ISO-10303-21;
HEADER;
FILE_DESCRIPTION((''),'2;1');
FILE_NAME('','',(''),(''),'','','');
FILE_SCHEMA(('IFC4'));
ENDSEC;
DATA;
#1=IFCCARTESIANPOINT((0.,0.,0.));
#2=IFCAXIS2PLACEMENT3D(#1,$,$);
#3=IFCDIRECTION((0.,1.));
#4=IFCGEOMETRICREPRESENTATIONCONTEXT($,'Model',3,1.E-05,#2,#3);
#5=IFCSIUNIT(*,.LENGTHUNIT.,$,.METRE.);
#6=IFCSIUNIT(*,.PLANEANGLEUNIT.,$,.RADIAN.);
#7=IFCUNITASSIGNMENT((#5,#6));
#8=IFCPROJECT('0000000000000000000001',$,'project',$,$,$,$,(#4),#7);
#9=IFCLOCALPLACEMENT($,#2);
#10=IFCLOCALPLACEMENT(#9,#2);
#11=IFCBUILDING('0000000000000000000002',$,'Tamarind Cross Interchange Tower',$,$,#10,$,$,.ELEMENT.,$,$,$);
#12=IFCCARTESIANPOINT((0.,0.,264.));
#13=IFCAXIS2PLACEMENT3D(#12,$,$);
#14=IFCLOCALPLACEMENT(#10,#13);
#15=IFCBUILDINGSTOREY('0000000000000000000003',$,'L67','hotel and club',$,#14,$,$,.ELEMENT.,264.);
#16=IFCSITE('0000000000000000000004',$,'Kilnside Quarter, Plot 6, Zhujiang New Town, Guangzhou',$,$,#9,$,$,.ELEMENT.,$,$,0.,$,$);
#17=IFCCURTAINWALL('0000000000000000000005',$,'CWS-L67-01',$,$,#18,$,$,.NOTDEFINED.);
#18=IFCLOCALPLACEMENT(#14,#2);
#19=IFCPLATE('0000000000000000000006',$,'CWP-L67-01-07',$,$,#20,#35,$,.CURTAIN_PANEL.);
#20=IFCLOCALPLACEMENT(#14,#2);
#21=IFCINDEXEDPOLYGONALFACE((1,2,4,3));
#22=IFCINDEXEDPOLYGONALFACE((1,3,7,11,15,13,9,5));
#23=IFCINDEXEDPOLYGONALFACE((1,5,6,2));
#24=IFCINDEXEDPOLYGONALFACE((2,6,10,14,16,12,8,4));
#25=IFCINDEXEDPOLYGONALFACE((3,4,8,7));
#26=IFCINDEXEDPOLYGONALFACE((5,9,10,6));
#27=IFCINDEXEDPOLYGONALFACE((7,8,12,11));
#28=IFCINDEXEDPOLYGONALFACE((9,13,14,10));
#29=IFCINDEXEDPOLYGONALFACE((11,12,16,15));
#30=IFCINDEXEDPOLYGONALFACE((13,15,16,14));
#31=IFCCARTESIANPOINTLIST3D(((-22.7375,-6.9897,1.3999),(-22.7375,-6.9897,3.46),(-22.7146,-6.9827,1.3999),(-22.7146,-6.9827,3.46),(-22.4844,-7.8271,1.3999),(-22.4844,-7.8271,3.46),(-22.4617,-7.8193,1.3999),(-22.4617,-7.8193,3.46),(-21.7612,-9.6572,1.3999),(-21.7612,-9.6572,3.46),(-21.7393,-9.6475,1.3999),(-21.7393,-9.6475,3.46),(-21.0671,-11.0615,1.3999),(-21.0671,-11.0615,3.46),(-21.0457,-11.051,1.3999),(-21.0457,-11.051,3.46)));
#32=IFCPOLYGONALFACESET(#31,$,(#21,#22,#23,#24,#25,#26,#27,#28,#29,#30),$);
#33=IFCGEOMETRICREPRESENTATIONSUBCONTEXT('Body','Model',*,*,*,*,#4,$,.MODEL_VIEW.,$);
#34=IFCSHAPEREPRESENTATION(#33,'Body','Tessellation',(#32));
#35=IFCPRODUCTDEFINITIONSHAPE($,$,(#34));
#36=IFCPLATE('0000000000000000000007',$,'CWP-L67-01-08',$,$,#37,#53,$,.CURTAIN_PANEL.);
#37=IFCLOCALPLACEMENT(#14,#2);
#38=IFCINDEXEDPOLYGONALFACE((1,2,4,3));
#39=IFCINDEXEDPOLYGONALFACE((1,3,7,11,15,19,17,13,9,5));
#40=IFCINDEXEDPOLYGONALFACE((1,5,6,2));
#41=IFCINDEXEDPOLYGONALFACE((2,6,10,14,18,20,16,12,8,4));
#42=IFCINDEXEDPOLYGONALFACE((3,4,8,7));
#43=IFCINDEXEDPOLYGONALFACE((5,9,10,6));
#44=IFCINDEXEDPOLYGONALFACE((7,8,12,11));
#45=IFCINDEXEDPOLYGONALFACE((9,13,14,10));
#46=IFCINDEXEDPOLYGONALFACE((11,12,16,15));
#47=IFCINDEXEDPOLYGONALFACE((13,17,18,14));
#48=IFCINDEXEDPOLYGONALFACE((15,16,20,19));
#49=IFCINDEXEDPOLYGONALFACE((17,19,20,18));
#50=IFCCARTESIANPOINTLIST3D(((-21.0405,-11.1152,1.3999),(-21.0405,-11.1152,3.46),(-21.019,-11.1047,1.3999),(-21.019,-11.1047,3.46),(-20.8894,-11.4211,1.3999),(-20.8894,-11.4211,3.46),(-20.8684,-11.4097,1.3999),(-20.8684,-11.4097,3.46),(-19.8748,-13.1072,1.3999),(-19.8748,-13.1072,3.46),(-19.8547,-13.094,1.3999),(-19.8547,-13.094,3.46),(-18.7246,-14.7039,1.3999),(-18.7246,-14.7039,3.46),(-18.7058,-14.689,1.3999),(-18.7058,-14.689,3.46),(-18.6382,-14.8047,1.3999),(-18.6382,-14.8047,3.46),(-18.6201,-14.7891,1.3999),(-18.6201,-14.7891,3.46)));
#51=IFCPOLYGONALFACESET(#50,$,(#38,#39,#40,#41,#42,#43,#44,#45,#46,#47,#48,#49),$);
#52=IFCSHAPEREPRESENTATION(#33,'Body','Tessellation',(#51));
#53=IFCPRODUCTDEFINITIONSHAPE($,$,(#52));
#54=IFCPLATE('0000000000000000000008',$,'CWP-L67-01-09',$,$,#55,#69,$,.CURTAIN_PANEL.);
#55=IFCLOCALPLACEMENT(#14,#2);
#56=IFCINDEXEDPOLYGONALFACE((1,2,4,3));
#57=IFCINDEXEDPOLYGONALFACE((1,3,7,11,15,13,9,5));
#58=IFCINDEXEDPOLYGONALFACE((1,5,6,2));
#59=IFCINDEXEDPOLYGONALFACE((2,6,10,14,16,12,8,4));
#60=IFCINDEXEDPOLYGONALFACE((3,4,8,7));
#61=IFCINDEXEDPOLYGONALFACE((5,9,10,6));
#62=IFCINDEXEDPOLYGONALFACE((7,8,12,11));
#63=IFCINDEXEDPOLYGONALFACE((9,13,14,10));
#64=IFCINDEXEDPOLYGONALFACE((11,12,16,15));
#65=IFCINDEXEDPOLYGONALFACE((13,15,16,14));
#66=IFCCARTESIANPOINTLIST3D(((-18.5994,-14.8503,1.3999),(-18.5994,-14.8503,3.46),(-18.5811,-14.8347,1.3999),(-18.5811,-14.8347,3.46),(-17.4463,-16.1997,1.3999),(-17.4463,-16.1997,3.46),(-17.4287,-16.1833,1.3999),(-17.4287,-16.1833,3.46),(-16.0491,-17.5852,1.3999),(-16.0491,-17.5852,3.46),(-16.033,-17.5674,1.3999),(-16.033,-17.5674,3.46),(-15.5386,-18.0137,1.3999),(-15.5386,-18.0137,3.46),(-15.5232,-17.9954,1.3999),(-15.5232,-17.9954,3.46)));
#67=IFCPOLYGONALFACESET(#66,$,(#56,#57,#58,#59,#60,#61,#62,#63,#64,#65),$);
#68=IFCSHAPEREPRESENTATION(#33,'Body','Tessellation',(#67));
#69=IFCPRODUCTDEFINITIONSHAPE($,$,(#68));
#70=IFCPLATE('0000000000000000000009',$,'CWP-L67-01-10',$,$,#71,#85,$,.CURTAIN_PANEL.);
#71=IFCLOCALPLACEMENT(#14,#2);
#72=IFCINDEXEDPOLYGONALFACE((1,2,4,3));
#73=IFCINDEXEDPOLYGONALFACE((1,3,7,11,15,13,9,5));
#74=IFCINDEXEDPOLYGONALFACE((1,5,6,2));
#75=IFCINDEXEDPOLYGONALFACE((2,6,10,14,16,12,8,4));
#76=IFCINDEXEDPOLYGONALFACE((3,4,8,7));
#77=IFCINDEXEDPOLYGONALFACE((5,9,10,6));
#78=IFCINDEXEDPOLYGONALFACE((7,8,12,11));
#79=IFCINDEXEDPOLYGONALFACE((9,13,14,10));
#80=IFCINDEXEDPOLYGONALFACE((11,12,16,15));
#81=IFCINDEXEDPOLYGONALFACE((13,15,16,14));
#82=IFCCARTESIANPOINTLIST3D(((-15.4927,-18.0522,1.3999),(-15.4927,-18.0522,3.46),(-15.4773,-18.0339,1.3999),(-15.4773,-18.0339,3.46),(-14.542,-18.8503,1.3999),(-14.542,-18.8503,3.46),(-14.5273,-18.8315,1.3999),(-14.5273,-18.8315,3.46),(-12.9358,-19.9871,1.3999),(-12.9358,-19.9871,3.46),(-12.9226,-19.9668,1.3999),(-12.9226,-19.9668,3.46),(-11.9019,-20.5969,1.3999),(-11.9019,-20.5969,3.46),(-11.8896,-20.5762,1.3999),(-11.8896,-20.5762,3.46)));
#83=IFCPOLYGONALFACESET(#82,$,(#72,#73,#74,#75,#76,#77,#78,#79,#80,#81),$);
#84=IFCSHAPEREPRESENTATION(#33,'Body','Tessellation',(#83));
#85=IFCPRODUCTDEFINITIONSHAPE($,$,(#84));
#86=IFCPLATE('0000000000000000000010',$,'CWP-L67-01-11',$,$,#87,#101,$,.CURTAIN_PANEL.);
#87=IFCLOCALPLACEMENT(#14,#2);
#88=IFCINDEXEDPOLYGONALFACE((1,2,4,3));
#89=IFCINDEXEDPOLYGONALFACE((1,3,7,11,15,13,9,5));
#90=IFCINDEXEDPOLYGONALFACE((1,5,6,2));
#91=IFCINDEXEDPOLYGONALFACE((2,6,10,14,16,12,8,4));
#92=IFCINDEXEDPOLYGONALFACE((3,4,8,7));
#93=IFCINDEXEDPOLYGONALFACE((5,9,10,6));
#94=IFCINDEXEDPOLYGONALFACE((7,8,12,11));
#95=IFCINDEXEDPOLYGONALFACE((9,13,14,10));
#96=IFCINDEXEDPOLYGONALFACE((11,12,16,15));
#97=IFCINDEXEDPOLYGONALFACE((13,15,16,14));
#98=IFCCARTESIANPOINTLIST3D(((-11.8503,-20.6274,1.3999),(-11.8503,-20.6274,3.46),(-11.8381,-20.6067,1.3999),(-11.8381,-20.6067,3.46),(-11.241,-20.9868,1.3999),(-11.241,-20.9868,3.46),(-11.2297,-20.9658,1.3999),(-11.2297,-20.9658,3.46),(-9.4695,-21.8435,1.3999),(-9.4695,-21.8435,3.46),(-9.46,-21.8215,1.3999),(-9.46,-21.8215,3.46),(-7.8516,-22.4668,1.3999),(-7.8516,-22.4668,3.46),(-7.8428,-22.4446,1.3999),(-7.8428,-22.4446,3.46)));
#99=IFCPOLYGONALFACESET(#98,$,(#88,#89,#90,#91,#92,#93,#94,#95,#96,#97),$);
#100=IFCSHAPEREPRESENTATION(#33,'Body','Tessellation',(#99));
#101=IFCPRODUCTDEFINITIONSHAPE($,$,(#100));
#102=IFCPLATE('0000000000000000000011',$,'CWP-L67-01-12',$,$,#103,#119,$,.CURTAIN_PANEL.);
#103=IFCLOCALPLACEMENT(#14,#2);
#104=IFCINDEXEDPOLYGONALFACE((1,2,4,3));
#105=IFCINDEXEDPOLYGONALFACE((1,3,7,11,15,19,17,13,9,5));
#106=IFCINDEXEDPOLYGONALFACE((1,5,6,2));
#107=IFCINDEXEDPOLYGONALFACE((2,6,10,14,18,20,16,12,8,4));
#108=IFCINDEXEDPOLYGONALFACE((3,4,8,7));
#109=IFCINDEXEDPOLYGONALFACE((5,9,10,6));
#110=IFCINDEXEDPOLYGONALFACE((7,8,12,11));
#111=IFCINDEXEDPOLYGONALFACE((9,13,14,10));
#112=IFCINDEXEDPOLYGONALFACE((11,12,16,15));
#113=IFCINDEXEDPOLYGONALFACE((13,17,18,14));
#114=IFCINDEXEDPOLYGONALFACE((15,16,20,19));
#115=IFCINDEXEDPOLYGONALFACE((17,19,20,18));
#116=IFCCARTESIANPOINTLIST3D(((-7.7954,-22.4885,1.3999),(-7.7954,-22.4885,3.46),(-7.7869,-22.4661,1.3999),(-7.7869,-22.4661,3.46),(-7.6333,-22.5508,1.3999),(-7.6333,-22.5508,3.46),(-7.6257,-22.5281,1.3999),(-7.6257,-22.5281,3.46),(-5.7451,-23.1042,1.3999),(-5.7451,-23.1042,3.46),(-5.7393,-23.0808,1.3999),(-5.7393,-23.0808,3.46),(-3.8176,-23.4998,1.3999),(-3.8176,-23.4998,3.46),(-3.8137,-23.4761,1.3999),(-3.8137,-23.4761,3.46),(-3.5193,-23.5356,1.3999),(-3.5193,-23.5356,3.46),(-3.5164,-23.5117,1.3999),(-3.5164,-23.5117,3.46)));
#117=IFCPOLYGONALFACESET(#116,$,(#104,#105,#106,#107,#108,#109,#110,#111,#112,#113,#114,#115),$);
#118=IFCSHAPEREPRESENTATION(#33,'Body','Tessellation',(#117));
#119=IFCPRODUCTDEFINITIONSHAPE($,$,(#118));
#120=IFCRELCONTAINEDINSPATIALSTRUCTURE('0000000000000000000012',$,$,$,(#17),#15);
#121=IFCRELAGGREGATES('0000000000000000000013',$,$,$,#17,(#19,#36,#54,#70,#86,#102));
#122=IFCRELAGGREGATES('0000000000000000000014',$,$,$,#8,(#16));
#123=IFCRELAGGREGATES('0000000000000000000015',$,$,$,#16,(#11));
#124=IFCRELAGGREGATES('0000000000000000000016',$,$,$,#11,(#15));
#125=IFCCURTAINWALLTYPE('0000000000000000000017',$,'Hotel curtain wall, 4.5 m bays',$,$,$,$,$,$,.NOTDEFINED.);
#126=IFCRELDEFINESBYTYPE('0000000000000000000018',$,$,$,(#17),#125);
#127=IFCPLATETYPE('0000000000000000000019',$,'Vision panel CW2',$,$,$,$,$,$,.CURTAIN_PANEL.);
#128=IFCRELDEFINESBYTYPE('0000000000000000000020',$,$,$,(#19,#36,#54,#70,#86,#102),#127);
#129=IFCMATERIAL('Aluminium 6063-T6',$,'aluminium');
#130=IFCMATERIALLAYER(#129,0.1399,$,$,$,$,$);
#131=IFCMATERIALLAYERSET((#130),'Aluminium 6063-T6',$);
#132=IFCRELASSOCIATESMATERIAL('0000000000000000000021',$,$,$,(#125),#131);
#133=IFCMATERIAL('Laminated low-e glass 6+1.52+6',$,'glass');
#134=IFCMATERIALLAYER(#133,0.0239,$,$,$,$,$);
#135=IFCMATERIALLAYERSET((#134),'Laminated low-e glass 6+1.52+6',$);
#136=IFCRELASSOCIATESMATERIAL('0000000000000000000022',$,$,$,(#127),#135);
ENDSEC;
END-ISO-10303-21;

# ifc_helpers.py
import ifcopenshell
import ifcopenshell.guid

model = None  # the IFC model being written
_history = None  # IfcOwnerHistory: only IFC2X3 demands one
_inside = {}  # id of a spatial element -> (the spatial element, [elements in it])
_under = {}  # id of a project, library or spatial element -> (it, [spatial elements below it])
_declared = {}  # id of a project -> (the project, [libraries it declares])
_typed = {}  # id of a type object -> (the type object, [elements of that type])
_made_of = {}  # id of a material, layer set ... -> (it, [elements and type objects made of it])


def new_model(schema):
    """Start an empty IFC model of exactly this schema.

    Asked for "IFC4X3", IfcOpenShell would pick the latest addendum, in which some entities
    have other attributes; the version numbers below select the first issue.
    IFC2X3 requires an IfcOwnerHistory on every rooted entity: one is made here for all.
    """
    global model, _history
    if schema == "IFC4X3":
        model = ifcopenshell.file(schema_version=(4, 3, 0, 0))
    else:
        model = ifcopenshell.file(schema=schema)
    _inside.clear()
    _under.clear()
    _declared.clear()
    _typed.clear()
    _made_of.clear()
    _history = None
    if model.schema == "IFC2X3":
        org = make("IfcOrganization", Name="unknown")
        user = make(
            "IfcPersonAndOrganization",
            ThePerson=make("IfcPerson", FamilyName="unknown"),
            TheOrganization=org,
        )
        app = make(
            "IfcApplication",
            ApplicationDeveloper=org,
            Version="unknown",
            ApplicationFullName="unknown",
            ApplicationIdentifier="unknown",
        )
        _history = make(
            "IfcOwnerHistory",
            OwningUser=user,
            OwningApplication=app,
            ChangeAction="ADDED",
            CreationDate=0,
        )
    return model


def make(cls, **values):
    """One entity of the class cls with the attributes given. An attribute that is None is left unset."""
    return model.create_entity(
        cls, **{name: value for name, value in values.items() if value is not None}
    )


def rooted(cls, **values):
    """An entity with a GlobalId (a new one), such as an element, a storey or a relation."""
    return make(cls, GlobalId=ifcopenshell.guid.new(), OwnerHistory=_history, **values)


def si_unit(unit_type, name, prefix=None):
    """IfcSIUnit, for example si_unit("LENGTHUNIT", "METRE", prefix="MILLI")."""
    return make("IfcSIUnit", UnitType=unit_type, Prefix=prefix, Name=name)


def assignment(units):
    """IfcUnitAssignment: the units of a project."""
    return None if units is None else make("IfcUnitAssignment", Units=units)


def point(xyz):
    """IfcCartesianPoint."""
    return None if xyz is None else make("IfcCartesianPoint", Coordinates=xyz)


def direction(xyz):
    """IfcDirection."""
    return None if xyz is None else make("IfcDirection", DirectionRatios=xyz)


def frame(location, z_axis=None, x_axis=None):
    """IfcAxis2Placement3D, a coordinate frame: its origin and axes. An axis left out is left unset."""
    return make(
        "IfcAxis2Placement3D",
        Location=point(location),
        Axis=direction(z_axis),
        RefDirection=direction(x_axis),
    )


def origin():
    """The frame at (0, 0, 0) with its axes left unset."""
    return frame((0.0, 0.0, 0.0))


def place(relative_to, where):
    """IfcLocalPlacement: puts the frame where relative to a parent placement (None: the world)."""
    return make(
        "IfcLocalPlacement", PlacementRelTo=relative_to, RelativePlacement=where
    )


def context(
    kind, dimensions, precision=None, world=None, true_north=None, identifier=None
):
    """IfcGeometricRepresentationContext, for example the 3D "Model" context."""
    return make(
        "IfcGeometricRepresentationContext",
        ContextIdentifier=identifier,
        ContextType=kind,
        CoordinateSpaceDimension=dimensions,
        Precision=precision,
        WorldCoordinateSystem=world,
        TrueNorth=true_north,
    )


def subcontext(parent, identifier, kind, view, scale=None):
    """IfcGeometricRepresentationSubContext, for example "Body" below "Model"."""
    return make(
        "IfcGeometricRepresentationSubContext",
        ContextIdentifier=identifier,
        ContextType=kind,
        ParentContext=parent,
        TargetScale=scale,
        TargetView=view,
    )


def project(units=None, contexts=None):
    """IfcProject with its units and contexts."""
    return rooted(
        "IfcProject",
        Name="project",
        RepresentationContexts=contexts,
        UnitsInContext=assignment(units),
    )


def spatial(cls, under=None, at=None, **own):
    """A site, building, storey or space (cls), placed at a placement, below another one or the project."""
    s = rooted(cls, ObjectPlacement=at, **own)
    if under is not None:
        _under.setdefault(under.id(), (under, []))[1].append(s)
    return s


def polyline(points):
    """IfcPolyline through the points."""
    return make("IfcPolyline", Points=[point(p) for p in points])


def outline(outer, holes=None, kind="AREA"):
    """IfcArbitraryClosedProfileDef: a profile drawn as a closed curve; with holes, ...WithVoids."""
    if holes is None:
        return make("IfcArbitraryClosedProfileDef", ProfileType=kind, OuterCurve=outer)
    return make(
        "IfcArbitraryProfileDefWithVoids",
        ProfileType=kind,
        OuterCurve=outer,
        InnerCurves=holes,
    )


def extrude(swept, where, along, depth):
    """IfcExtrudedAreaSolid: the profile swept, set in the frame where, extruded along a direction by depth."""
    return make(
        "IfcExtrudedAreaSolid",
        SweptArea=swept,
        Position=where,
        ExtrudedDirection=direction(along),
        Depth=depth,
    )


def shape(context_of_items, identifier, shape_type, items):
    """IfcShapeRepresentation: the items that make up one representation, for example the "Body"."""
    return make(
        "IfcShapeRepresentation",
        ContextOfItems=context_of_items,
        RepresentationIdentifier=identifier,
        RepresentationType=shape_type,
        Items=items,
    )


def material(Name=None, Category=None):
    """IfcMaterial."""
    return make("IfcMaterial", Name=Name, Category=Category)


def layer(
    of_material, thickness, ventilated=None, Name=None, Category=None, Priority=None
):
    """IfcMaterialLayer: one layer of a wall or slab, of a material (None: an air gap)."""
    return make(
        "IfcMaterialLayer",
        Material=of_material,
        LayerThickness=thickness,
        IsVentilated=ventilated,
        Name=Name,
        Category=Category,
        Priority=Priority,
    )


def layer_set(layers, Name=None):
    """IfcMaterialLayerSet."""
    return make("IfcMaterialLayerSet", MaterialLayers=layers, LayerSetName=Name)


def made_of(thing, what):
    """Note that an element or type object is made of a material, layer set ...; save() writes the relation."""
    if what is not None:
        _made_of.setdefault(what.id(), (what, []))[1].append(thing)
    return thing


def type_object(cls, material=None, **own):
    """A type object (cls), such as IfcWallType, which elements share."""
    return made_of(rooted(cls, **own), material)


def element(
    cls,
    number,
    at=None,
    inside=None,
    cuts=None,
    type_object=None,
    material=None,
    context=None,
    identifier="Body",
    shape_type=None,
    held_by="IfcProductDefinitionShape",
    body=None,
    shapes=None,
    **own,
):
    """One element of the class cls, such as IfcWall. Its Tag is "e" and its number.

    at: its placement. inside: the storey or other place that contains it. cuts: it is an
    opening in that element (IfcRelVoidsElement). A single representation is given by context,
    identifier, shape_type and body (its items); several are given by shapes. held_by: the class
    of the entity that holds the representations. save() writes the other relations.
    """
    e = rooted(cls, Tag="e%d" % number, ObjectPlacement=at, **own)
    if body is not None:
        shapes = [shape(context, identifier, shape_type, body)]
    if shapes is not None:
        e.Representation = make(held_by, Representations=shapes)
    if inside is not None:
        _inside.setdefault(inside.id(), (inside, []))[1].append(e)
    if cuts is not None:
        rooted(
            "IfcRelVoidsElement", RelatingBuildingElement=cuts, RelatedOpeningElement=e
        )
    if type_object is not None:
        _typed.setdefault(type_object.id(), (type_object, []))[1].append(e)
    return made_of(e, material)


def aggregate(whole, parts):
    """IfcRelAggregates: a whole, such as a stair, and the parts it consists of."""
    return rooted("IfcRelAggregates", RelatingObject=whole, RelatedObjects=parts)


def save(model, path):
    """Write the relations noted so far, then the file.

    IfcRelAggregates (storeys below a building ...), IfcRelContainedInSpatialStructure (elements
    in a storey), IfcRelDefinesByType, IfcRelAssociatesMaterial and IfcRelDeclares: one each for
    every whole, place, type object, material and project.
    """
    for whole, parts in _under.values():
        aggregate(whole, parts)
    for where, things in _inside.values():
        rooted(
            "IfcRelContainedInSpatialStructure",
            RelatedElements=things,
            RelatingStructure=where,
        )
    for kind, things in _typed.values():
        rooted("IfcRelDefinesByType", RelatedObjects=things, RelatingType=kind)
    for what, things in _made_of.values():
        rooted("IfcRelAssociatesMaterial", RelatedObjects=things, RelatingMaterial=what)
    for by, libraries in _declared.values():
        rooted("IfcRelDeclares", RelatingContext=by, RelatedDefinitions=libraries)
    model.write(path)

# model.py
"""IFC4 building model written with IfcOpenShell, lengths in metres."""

from ifc_helpers import new_model, si_unit, direction, frame, origin, place, context, subcontext, project, spatial, polyline, outline, extrude, material, layer, layer_set, type_object, element, aggregate, save


model = new_model("IFC4")

# Units and contexts
model_context = context("Model", 3, precision=1e-05, world=origin(), true_north=direction((0.0, 1.0)))
body_context = subcontext(model_context, "Body", "Model", "MODEL_VIEW")
ifc_project = project(units=[si_unit("LENGTHUNIT", "METRE"), si_unit("PLANEANGLEUNIT", "RADIAN")], contexts=[model_context])

# Site, building, storey
site_placement = place(None, origin())
site = spatial("IfcSite", under=ifc_project, at=site_placement, Name="Kilnside Quarter, Plot 6, Zhujiang New Town, Guangzhou", CompositionType="ELEMENT", RefElevation=0.0)
building_placement = place(site_placement, origin())
building = spatial("IfcBuilding", under=site, at=building_placement, Name="Tamarind Cross Interchange Tower", CompositionType="ELEMENT")
storey_placement = place(building_placement, frame((0.0, 0.0, 264.0)))
storey = spatial("IfcBuildingStorey", under=building, at=storey_placement, Name="L67", Description="hotel and club", CompositionType="ELEMENT", Elevation=264.0)

# Shared definitions
ifc_material_1 = material(Name="Aluminium 6063-T6", Category="aluminium")
ifc_layer_1 = layer(ifc_material_1, 0.1399)
ifc_layer_set_1 = layer_set([ifc_layer_1], Name="Aluminium 6063-T6")
curtain_wall_type = type_object("IfcCurtainWallType", Name="Hotel curtain wall, 4.5 m bays", PredefinedType="NOTDEFINED", material=ifc_layer_set_1)

# Shared definitions
ifc_material_2 = material(Name="Laminated low-e glass 6+1.52+6", Category="glass")
ifc_layer_2 = layer(ifc_material_2, 0.0239)
ifc_layer_set_2 = layer_set([ifc_layer_2], Name="Laminated low-e glass 6+1.52+6")
plate_type = type_object("IfcPlateType", Name="Vision panel CW2", PredefinedType="CURTAIN_PANEL", material=ifc_layer_set_2)

# Curtain wall, plates
curtain_wall_1_placement = place(storey_placement, origin())
curtain_wall_1 = element("IfcCurtainWall", 1, at=curtain_wall_1_placement, inside=storey, type_object=curtain_wall_type, Name="CWS-L67-01", PredefinedType="NOTDEFINED")
plate_1_placement = place(storey_placement, frame((0.0, 0.0, 1.3999)))
plate_1 = element("IfcPlate", 2, at=plate_1_placement, type_object=plate_type, Name="CWP-L67-01-07", PredefinedType="CURTAIN_PANEL", context=body_context, shape_type="SweptSolid", body=[
    extrude(outline(polyline([(-22.7146, -6.9827), (-22.4617, -7.8193), (-21.7393, -9.6475), (-21.0457, -11.051), (-21.0671, -11.0615), (-21.7612, -9.6572), (-22.4844, -7.8271), (-22.7375, -6.9897), (-22.7146, -6.9827)])), origin(), (0.0, 0.0, 1.0), 2.0601),
])
plate_2_placement = place(storey_placement, frame((0.0, 0.0, 1.3999)))
plate_2 = element("IfcPlate", 3, at=plate_2_placement, type_object=plate_type, Name="CWP-L67-01-08", PredefinedType="CURTAIN_PANEL", context=body_context, shape_type="SweptSolid", body=[
    extrude(outline(polyline([(-21.019, -11.1047), (-20.8684, -11.4097), (-19.8547, -13.094), (-18.7058, -14.689), (-18.6201, -14.7891), (-18.6382, -14.8047), (-18.7246, -14.7039), (-19.8748, -13.1072), (-20.8894, -11.4211), (-21.0405, -11.1152), (-21.019, -11.1047)])), origin(), (0.0, 0.0, 1.0), 2.0601),
])
plate_3_placement = place(storey_placement, frame((0.0, 0.0, 1.3999)))
plate_3 = element("IfcPlate", 4, at=plate_3_placement, type_object=plate_type, Name="CWP-L67-01-09", PredefinedType="CURTAIN_PANEL", context=body_context, shape_type="SweptSolid", body=[
    extrude(outline(polyline([(-18.5811, -14.8347), (-17.4287, -16.1833), (-16.033, -17.5674), (-15.5232, -17.9954), (-15.5386, -18.0137), (-16.0491, -17.5852), (-17.4463, -16.1997), (-18.5994, -14.8503), (-18.5811, -14.8347)])), origin(), (0.0, 0.0, 1.0), 2.0601),
])
plate_4_placement = place(storey_placement, frame((0.0, 0.0, 1.3999)))
plate_4 = element("IfcPlate", 5, at=plate_4_placement, type_object=plate_type, Name="CWP-L67-01-10", PredefinedType="CURTAIN_PANEL", context=body_context, shape_type="SweptSolid", body=[
    extrude(outline(polyline([(-15.4773, -18.0339), (-14.5273, -18.8315), (-12.9226, -19.9668), (-11.8896, -20.5762), (-11.9019, -20.5969), (-12.9358, -19.9871), (-14.542, -18.8503), (-15.4927, -18.0522), (-15.4773, -18.0339)])), origin(), (0.0, 0.0, 1.0), 2.0601),
])
plate_5_placement = place(storey_placement, frame((0.0, 0.0, 1.3999)))
plate_5 = element("IfcPlate", 6, at=plate_5_placement, type_object=plate_type, Name="CWP-L67-01-11", PredefinedType="CURTAIN_PANEL", context=body_context, shape_type="SweptSolid", body=[
    extrude(outline(polyline([(-11.8381, -20.6067), (-11.2297, -20.9658), (-9.46, -21.8215), (-7.8428, -22.4446), (-7.8516, -22.4668), (-9.4695, -21.8435), (-11.241, -20.9868), (-11.8503, -20.6274), (-11.8381, -20.6067)])), origin(), (0.0, 0.0, 1.0), 2.0601),
])
plate_6_placement = place(storey_placement, frame((0.0, 0.0, 1.3999)))
plate_6 = element("IfcPlate", 7, at=plate_6_placement, type_object=plate_type, Name="CWP-L67-01-12", PredefinedType="CURTAIN_PANEL", context=body_context, shape_type="SweptSolid", body=[
    extrude(outline(polyline([(-7.7869, -22.4661), (-7.6257, -22.5281), (-5.7393, -23.0808), (-3.8137, -23.4761), (-3.5164, -23.5117), (-3.5193, -23.5356), (-3.8176, -23.4998), (-5.7451, -23.1042), (-7.6333, -22.5508), (-7.7954, -22.4885), (-7.7869, -22.4661)])), origin(), (0.0, 0.0, 1.0), 2.0601),
])
aggregate(curtain_wall_1, [plate_1, plate_2, plate_3, plate_4, plate_5, plate_6])

save(model, "model.ifc")
